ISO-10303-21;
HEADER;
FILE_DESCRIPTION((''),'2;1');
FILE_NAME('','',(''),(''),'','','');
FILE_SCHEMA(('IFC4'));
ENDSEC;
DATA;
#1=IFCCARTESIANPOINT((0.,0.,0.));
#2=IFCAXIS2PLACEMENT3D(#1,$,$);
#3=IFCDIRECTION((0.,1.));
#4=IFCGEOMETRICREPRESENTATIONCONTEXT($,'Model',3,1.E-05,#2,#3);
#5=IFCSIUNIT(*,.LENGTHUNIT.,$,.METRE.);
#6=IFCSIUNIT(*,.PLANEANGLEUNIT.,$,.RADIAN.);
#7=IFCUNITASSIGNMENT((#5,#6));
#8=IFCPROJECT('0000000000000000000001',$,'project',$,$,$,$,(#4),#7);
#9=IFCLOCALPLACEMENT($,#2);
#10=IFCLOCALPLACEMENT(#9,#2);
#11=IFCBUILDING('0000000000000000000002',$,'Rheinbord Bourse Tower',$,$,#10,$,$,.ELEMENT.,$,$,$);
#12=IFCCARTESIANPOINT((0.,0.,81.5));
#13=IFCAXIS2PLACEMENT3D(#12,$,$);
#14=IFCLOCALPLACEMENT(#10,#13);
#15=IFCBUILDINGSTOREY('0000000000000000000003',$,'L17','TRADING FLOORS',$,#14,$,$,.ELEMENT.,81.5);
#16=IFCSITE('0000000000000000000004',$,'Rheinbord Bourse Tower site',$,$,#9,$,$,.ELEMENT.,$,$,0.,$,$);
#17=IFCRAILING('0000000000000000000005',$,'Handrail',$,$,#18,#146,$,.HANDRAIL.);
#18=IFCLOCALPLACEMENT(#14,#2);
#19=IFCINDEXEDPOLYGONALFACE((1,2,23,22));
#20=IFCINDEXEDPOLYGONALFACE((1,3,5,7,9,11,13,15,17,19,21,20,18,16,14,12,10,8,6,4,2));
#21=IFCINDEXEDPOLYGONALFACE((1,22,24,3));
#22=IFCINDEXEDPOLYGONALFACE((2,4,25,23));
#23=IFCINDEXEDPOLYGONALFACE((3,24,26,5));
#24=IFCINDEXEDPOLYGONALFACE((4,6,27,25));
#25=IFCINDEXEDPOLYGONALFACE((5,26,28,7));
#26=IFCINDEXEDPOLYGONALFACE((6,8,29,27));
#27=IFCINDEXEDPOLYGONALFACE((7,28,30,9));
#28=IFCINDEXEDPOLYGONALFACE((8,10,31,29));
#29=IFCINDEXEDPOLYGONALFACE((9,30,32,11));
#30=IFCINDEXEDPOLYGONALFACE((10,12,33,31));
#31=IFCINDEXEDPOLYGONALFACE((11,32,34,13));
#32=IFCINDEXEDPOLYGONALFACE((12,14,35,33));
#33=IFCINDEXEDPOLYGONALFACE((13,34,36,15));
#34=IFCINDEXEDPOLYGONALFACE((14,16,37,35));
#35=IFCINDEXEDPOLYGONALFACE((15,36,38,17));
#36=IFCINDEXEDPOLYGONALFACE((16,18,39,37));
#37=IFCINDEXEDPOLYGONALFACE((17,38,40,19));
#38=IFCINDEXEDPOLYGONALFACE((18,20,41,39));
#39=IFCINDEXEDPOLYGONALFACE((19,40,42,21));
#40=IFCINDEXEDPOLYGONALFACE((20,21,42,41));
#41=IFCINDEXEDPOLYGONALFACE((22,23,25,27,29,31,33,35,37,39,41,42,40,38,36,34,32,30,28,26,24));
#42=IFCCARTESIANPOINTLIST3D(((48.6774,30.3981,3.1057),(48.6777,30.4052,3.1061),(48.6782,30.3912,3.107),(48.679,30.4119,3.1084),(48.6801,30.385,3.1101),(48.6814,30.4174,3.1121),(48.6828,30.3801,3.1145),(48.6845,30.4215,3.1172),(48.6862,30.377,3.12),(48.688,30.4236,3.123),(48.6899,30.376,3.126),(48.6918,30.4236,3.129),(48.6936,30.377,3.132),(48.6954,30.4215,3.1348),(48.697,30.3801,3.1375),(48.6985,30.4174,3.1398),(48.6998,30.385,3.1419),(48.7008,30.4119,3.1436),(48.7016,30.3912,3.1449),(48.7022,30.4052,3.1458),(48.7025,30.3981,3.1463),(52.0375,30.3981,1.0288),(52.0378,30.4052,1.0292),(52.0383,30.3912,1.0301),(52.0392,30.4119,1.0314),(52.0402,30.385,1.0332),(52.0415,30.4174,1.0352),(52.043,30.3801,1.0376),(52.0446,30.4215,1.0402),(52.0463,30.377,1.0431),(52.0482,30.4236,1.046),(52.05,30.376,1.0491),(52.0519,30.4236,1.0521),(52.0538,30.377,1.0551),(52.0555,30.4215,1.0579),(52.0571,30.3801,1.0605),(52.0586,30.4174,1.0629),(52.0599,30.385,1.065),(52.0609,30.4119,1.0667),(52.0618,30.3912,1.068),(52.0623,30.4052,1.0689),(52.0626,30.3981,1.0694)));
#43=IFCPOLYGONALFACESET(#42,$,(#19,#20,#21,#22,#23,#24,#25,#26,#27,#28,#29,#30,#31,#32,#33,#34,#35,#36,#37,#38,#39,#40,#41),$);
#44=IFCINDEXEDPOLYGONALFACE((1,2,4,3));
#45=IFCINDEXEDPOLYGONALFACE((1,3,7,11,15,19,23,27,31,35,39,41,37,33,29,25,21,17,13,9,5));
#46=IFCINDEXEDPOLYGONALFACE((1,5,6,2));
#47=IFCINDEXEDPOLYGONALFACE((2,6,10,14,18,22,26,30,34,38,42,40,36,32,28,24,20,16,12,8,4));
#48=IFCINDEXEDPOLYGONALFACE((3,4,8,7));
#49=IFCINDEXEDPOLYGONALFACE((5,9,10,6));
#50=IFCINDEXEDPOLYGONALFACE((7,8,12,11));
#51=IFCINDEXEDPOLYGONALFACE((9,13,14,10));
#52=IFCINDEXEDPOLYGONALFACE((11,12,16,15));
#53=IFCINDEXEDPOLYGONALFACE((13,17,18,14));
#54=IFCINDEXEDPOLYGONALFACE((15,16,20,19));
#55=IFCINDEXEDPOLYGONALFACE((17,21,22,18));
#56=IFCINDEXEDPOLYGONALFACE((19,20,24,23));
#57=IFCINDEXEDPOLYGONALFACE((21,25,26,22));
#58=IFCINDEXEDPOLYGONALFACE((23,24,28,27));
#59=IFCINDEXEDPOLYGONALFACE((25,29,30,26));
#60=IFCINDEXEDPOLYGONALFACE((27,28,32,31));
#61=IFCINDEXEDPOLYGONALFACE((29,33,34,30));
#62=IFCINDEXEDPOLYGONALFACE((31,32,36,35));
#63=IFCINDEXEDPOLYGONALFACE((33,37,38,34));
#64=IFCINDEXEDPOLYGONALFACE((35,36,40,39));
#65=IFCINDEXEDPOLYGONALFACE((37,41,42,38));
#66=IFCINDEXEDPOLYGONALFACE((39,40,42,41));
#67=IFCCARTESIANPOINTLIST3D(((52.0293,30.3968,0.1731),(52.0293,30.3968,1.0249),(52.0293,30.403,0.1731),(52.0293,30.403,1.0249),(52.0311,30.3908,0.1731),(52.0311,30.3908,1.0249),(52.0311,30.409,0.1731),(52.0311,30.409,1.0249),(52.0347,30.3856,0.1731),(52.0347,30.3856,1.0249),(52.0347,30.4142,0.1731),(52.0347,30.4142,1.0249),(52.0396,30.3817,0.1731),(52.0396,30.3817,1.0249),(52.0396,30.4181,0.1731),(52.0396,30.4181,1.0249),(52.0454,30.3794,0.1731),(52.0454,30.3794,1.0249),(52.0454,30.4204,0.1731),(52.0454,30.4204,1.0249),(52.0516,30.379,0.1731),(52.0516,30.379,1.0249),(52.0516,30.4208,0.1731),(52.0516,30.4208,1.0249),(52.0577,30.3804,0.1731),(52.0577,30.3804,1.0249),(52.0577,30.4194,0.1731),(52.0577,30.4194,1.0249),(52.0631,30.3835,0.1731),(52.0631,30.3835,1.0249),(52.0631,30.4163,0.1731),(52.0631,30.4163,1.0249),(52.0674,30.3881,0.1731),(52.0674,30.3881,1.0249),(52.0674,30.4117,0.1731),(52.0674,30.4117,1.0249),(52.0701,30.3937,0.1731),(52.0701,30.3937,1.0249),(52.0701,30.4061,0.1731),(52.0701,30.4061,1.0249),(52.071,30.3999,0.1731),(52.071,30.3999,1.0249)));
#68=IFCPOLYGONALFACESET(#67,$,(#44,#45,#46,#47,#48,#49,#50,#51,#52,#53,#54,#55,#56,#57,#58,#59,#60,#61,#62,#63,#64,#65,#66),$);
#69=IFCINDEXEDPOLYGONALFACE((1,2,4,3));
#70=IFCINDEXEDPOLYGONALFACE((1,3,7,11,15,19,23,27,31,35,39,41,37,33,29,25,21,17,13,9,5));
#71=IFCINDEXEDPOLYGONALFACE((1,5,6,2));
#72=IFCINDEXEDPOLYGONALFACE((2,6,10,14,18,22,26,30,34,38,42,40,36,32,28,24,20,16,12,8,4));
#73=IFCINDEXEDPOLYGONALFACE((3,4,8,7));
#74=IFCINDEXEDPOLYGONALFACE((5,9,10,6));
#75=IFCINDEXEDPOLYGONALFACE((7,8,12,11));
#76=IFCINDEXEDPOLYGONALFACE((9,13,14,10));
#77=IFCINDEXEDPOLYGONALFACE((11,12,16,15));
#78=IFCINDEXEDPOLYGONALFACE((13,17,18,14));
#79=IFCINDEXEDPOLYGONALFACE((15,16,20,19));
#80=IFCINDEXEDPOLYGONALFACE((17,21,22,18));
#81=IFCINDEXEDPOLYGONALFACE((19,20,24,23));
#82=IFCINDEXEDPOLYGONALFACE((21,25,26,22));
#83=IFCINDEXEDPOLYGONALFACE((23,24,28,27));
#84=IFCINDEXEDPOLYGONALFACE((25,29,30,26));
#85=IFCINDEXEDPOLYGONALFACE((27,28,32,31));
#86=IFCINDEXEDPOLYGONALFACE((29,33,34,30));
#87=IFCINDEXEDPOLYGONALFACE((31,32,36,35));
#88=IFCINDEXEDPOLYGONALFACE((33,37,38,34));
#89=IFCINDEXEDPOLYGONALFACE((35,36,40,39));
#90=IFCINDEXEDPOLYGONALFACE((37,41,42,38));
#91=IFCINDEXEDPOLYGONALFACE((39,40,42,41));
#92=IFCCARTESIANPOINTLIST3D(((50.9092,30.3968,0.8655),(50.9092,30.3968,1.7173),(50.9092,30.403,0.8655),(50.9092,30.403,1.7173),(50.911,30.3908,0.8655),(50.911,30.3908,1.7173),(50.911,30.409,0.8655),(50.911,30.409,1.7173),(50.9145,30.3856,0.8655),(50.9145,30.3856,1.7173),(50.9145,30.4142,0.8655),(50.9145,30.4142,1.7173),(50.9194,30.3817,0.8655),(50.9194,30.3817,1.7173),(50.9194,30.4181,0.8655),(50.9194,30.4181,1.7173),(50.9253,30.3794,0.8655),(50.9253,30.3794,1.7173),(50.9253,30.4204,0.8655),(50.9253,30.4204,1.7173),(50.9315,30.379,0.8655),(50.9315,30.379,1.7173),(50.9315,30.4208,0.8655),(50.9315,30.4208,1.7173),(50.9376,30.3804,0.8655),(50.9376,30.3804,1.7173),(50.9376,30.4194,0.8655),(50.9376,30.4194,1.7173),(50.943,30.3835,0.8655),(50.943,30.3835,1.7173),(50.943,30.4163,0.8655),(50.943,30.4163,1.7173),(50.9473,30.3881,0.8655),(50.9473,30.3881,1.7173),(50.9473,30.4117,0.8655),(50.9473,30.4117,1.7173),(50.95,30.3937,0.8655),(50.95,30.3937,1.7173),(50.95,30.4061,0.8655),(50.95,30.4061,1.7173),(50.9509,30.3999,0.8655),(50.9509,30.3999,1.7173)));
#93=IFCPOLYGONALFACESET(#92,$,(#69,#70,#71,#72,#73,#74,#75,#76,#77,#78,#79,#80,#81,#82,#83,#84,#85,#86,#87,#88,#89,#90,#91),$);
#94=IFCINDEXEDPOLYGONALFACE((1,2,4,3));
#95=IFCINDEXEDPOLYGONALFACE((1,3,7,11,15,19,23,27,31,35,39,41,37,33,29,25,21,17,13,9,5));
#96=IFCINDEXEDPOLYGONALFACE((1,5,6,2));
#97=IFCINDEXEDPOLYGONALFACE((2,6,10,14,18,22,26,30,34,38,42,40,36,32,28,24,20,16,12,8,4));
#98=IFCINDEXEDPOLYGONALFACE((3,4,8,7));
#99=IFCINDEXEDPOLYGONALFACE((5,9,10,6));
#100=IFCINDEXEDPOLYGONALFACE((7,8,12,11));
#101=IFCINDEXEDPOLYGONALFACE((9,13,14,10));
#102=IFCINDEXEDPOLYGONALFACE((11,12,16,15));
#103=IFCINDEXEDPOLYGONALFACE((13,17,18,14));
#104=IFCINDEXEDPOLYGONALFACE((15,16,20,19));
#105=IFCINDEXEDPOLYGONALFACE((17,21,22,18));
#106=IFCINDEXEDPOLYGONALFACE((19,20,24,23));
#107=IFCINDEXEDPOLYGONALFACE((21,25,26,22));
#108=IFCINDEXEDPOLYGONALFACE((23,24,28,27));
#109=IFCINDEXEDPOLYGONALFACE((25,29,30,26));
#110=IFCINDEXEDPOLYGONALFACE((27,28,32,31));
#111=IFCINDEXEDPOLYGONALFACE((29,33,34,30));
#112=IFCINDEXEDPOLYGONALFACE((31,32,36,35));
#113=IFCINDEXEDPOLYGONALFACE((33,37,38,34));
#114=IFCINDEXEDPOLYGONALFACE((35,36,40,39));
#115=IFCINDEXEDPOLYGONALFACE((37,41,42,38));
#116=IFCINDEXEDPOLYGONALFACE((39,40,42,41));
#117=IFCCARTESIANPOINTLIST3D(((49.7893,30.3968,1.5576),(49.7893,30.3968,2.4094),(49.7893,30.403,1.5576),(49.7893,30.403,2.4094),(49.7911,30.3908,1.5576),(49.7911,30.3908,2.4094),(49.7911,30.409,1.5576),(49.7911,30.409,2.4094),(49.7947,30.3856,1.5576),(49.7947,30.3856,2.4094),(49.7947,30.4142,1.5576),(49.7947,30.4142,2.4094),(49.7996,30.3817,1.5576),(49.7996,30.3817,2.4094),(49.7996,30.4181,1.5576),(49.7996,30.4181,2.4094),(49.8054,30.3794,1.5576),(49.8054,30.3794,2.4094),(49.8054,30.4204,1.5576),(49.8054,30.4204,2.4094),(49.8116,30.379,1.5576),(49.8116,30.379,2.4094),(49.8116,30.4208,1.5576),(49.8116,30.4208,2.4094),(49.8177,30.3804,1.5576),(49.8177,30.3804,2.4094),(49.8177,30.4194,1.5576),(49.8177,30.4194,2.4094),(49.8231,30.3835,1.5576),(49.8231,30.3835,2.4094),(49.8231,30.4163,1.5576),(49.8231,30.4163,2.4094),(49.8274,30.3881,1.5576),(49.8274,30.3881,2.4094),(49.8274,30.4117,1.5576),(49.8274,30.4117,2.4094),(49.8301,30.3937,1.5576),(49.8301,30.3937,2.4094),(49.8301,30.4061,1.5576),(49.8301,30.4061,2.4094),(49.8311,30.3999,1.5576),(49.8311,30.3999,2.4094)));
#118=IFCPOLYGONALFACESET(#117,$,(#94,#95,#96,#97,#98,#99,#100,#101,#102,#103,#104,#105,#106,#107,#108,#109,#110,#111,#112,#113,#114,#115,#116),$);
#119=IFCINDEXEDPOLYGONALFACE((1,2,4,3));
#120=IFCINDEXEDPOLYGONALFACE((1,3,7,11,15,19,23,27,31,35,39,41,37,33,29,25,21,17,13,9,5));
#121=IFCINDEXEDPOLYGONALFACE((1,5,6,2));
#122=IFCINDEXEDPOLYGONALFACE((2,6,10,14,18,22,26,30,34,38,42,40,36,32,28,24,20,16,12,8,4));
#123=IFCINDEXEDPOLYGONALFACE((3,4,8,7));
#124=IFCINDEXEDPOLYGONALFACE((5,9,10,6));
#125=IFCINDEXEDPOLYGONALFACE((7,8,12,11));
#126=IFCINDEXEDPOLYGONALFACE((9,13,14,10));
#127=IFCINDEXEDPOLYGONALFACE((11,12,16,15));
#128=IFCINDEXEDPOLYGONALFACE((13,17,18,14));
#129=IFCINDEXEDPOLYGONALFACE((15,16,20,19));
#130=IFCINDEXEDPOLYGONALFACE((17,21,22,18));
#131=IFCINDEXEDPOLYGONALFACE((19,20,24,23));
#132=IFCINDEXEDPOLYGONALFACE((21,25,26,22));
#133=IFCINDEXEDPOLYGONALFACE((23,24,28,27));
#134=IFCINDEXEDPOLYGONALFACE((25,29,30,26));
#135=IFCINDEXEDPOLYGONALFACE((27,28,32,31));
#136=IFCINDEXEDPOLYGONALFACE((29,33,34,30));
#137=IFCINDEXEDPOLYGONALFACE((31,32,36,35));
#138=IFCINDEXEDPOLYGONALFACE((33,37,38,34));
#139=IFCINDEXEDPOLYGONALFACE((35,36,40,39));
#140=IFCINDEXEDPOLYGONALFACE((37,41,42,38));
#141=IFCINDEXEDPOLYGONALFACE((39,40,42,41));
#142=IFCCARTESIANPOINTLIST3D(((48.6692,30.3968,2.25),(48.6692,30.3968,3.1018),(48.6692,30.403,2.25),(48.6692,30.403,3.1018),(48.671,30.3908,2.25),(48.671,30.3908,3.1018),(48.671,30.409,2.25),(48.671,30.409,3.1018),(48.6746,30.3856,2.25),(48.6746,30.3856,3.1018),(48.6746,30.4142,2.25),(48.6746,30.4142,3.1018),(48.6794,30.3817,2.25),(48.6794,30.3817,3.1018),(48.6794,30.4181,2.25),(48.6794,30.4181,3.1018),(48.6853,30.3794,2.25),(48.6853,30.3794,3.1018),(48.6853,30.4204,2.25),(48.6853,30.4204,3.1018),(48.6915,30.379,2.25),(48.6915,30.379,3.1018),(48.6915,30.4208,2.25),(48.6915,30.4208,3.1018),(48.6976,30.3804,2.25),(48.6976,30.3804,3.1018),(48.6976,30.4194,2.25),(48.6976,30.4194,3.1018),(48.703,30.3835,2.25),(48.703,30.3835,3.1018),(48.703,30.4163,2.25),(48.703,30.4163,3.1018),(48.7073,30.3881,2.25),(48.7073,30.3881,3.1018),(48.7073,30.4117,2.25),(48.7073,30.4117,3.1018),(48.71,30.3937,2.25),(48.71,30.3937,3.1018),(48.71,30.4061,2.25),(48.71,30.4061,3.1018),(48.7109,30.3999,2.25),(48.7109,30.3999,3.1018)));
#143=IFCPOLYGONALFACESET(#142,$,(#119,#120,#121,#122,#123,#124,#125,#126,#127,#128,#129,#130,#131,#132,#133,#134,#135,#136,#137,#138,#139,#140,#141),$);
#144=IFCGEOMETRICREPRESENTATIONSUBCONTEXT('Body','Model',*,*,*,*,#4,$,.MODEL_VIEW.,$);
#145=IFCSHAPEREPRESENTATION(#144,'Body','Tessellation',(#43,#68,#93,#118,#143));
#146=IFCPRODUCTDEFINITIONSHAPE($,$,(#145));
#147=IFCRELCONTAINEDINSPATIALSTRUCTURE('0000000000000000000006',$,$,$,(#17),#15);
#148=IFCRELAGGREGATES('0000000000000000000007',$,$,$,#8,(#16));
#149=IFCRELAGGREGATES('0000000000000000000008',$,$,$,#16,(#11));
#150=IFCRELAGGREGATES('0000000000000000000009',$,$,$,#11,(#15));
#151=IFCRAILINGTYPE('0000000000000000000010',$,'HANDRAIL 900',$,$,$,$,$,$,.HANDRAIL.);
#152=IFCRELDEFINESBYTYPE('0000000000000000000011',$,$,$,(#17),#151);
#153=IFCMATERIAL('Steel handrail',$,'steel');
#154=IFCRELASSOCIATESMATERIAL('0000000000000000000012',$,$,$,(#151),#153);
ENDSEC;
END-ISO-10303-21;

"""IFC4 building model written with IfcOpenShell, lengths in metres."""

from ifc_helpers import new_model, si_unit, direction, frame, origin, origin_2d, place, context, subcontext, project, spatial, circle, extrude, material, type_object, element, save


model = new_model("IFC4")

# Units and contexts
model_context = context("Model", 3, precision=1e-05, world=origin(), true_north=direction((0.0, 1.0)))
body_context = subcontext(model_context, "Body", "Model", "MODEL_VIEW")
ifc_project = project(units=[si_unit("LENGTHUNIT", "METRE"), si_unit("PLANEANGLEUNIT", "RADIAN")], contexts=[model_context])

# Site, building, storey
site_placement = place(None, origin())
site = spatial("IfcSite", under=ifc_project, at=site_placement, Name="Rheinbord Bourse Tower site", CompositionType="ELEMENT", RefElevation=0.0)
building_placement = place(site_placement, origin())
building = spatial("IfcBuilding", under=site, at=building_placement, Name="Rheinbord Bourse Tower", CompositionType="ELEMENT")
storey_placement = place(building_placement, frame((0.0, 0.0, 81.5)))
storey = spatial("IfcBuildingStorey", under=building, at=storey_placement, Name="L17", Description="TRADING FLOORS", CompositionType="ELEMENT", Elevation=81.5)

# Railing
ifc_material_1 = material(Name="Steel handrail", Category="steel")
railing_type = type_object("IfcRailingType", Name="HANDRAIL 900", PredefinedType="HANDRAIL", material=ifc_material_1)
railing_1_placement = place(storey_placement, frame((52.05, 30.3999, 0.1731)))
element("IfcRailing", 1, at=railing_1_placement, inside=storey, type_object=railing_type, Name="Handrail", PredefinedType="HANDRAIL", context=body_context, shape_type="SweptSolid", body=[
    extrude(circle(Radius=0.0239, at=origin_2d()), frame((0.0, 0.0, 0.876), z_axis=(-0.850623, 0.0, 0.525776), x_axis=(0.0, -1.0, 0.0)), (0.0, 0.0, 1.0), 3.9502),
    extrude(circle(Radius=0.021, at=origin_2d()), origin(), (0.0, 0.0, 1.0), 0.8518),
    extrude(circle(Radius=0.021, at=origin_2d()), frame((-1.1201, 0.0, 0.6924)), (0.0, 0.0, 1.0), 0.8518),
    extrude(circle(Radius=0.021, at=origin_2d()), frame((-2.24, 0.0, 1.3845)), (0.0, 0.0, 1.0), 0.8518),
    extrude(circle(Radius=0.021, at=origin_2d()), frame((-3.3601, 0.0, 2.0769)), (0.0, 0.0, 1.0), 0.8518),
])

save(model, "model.ifc")
